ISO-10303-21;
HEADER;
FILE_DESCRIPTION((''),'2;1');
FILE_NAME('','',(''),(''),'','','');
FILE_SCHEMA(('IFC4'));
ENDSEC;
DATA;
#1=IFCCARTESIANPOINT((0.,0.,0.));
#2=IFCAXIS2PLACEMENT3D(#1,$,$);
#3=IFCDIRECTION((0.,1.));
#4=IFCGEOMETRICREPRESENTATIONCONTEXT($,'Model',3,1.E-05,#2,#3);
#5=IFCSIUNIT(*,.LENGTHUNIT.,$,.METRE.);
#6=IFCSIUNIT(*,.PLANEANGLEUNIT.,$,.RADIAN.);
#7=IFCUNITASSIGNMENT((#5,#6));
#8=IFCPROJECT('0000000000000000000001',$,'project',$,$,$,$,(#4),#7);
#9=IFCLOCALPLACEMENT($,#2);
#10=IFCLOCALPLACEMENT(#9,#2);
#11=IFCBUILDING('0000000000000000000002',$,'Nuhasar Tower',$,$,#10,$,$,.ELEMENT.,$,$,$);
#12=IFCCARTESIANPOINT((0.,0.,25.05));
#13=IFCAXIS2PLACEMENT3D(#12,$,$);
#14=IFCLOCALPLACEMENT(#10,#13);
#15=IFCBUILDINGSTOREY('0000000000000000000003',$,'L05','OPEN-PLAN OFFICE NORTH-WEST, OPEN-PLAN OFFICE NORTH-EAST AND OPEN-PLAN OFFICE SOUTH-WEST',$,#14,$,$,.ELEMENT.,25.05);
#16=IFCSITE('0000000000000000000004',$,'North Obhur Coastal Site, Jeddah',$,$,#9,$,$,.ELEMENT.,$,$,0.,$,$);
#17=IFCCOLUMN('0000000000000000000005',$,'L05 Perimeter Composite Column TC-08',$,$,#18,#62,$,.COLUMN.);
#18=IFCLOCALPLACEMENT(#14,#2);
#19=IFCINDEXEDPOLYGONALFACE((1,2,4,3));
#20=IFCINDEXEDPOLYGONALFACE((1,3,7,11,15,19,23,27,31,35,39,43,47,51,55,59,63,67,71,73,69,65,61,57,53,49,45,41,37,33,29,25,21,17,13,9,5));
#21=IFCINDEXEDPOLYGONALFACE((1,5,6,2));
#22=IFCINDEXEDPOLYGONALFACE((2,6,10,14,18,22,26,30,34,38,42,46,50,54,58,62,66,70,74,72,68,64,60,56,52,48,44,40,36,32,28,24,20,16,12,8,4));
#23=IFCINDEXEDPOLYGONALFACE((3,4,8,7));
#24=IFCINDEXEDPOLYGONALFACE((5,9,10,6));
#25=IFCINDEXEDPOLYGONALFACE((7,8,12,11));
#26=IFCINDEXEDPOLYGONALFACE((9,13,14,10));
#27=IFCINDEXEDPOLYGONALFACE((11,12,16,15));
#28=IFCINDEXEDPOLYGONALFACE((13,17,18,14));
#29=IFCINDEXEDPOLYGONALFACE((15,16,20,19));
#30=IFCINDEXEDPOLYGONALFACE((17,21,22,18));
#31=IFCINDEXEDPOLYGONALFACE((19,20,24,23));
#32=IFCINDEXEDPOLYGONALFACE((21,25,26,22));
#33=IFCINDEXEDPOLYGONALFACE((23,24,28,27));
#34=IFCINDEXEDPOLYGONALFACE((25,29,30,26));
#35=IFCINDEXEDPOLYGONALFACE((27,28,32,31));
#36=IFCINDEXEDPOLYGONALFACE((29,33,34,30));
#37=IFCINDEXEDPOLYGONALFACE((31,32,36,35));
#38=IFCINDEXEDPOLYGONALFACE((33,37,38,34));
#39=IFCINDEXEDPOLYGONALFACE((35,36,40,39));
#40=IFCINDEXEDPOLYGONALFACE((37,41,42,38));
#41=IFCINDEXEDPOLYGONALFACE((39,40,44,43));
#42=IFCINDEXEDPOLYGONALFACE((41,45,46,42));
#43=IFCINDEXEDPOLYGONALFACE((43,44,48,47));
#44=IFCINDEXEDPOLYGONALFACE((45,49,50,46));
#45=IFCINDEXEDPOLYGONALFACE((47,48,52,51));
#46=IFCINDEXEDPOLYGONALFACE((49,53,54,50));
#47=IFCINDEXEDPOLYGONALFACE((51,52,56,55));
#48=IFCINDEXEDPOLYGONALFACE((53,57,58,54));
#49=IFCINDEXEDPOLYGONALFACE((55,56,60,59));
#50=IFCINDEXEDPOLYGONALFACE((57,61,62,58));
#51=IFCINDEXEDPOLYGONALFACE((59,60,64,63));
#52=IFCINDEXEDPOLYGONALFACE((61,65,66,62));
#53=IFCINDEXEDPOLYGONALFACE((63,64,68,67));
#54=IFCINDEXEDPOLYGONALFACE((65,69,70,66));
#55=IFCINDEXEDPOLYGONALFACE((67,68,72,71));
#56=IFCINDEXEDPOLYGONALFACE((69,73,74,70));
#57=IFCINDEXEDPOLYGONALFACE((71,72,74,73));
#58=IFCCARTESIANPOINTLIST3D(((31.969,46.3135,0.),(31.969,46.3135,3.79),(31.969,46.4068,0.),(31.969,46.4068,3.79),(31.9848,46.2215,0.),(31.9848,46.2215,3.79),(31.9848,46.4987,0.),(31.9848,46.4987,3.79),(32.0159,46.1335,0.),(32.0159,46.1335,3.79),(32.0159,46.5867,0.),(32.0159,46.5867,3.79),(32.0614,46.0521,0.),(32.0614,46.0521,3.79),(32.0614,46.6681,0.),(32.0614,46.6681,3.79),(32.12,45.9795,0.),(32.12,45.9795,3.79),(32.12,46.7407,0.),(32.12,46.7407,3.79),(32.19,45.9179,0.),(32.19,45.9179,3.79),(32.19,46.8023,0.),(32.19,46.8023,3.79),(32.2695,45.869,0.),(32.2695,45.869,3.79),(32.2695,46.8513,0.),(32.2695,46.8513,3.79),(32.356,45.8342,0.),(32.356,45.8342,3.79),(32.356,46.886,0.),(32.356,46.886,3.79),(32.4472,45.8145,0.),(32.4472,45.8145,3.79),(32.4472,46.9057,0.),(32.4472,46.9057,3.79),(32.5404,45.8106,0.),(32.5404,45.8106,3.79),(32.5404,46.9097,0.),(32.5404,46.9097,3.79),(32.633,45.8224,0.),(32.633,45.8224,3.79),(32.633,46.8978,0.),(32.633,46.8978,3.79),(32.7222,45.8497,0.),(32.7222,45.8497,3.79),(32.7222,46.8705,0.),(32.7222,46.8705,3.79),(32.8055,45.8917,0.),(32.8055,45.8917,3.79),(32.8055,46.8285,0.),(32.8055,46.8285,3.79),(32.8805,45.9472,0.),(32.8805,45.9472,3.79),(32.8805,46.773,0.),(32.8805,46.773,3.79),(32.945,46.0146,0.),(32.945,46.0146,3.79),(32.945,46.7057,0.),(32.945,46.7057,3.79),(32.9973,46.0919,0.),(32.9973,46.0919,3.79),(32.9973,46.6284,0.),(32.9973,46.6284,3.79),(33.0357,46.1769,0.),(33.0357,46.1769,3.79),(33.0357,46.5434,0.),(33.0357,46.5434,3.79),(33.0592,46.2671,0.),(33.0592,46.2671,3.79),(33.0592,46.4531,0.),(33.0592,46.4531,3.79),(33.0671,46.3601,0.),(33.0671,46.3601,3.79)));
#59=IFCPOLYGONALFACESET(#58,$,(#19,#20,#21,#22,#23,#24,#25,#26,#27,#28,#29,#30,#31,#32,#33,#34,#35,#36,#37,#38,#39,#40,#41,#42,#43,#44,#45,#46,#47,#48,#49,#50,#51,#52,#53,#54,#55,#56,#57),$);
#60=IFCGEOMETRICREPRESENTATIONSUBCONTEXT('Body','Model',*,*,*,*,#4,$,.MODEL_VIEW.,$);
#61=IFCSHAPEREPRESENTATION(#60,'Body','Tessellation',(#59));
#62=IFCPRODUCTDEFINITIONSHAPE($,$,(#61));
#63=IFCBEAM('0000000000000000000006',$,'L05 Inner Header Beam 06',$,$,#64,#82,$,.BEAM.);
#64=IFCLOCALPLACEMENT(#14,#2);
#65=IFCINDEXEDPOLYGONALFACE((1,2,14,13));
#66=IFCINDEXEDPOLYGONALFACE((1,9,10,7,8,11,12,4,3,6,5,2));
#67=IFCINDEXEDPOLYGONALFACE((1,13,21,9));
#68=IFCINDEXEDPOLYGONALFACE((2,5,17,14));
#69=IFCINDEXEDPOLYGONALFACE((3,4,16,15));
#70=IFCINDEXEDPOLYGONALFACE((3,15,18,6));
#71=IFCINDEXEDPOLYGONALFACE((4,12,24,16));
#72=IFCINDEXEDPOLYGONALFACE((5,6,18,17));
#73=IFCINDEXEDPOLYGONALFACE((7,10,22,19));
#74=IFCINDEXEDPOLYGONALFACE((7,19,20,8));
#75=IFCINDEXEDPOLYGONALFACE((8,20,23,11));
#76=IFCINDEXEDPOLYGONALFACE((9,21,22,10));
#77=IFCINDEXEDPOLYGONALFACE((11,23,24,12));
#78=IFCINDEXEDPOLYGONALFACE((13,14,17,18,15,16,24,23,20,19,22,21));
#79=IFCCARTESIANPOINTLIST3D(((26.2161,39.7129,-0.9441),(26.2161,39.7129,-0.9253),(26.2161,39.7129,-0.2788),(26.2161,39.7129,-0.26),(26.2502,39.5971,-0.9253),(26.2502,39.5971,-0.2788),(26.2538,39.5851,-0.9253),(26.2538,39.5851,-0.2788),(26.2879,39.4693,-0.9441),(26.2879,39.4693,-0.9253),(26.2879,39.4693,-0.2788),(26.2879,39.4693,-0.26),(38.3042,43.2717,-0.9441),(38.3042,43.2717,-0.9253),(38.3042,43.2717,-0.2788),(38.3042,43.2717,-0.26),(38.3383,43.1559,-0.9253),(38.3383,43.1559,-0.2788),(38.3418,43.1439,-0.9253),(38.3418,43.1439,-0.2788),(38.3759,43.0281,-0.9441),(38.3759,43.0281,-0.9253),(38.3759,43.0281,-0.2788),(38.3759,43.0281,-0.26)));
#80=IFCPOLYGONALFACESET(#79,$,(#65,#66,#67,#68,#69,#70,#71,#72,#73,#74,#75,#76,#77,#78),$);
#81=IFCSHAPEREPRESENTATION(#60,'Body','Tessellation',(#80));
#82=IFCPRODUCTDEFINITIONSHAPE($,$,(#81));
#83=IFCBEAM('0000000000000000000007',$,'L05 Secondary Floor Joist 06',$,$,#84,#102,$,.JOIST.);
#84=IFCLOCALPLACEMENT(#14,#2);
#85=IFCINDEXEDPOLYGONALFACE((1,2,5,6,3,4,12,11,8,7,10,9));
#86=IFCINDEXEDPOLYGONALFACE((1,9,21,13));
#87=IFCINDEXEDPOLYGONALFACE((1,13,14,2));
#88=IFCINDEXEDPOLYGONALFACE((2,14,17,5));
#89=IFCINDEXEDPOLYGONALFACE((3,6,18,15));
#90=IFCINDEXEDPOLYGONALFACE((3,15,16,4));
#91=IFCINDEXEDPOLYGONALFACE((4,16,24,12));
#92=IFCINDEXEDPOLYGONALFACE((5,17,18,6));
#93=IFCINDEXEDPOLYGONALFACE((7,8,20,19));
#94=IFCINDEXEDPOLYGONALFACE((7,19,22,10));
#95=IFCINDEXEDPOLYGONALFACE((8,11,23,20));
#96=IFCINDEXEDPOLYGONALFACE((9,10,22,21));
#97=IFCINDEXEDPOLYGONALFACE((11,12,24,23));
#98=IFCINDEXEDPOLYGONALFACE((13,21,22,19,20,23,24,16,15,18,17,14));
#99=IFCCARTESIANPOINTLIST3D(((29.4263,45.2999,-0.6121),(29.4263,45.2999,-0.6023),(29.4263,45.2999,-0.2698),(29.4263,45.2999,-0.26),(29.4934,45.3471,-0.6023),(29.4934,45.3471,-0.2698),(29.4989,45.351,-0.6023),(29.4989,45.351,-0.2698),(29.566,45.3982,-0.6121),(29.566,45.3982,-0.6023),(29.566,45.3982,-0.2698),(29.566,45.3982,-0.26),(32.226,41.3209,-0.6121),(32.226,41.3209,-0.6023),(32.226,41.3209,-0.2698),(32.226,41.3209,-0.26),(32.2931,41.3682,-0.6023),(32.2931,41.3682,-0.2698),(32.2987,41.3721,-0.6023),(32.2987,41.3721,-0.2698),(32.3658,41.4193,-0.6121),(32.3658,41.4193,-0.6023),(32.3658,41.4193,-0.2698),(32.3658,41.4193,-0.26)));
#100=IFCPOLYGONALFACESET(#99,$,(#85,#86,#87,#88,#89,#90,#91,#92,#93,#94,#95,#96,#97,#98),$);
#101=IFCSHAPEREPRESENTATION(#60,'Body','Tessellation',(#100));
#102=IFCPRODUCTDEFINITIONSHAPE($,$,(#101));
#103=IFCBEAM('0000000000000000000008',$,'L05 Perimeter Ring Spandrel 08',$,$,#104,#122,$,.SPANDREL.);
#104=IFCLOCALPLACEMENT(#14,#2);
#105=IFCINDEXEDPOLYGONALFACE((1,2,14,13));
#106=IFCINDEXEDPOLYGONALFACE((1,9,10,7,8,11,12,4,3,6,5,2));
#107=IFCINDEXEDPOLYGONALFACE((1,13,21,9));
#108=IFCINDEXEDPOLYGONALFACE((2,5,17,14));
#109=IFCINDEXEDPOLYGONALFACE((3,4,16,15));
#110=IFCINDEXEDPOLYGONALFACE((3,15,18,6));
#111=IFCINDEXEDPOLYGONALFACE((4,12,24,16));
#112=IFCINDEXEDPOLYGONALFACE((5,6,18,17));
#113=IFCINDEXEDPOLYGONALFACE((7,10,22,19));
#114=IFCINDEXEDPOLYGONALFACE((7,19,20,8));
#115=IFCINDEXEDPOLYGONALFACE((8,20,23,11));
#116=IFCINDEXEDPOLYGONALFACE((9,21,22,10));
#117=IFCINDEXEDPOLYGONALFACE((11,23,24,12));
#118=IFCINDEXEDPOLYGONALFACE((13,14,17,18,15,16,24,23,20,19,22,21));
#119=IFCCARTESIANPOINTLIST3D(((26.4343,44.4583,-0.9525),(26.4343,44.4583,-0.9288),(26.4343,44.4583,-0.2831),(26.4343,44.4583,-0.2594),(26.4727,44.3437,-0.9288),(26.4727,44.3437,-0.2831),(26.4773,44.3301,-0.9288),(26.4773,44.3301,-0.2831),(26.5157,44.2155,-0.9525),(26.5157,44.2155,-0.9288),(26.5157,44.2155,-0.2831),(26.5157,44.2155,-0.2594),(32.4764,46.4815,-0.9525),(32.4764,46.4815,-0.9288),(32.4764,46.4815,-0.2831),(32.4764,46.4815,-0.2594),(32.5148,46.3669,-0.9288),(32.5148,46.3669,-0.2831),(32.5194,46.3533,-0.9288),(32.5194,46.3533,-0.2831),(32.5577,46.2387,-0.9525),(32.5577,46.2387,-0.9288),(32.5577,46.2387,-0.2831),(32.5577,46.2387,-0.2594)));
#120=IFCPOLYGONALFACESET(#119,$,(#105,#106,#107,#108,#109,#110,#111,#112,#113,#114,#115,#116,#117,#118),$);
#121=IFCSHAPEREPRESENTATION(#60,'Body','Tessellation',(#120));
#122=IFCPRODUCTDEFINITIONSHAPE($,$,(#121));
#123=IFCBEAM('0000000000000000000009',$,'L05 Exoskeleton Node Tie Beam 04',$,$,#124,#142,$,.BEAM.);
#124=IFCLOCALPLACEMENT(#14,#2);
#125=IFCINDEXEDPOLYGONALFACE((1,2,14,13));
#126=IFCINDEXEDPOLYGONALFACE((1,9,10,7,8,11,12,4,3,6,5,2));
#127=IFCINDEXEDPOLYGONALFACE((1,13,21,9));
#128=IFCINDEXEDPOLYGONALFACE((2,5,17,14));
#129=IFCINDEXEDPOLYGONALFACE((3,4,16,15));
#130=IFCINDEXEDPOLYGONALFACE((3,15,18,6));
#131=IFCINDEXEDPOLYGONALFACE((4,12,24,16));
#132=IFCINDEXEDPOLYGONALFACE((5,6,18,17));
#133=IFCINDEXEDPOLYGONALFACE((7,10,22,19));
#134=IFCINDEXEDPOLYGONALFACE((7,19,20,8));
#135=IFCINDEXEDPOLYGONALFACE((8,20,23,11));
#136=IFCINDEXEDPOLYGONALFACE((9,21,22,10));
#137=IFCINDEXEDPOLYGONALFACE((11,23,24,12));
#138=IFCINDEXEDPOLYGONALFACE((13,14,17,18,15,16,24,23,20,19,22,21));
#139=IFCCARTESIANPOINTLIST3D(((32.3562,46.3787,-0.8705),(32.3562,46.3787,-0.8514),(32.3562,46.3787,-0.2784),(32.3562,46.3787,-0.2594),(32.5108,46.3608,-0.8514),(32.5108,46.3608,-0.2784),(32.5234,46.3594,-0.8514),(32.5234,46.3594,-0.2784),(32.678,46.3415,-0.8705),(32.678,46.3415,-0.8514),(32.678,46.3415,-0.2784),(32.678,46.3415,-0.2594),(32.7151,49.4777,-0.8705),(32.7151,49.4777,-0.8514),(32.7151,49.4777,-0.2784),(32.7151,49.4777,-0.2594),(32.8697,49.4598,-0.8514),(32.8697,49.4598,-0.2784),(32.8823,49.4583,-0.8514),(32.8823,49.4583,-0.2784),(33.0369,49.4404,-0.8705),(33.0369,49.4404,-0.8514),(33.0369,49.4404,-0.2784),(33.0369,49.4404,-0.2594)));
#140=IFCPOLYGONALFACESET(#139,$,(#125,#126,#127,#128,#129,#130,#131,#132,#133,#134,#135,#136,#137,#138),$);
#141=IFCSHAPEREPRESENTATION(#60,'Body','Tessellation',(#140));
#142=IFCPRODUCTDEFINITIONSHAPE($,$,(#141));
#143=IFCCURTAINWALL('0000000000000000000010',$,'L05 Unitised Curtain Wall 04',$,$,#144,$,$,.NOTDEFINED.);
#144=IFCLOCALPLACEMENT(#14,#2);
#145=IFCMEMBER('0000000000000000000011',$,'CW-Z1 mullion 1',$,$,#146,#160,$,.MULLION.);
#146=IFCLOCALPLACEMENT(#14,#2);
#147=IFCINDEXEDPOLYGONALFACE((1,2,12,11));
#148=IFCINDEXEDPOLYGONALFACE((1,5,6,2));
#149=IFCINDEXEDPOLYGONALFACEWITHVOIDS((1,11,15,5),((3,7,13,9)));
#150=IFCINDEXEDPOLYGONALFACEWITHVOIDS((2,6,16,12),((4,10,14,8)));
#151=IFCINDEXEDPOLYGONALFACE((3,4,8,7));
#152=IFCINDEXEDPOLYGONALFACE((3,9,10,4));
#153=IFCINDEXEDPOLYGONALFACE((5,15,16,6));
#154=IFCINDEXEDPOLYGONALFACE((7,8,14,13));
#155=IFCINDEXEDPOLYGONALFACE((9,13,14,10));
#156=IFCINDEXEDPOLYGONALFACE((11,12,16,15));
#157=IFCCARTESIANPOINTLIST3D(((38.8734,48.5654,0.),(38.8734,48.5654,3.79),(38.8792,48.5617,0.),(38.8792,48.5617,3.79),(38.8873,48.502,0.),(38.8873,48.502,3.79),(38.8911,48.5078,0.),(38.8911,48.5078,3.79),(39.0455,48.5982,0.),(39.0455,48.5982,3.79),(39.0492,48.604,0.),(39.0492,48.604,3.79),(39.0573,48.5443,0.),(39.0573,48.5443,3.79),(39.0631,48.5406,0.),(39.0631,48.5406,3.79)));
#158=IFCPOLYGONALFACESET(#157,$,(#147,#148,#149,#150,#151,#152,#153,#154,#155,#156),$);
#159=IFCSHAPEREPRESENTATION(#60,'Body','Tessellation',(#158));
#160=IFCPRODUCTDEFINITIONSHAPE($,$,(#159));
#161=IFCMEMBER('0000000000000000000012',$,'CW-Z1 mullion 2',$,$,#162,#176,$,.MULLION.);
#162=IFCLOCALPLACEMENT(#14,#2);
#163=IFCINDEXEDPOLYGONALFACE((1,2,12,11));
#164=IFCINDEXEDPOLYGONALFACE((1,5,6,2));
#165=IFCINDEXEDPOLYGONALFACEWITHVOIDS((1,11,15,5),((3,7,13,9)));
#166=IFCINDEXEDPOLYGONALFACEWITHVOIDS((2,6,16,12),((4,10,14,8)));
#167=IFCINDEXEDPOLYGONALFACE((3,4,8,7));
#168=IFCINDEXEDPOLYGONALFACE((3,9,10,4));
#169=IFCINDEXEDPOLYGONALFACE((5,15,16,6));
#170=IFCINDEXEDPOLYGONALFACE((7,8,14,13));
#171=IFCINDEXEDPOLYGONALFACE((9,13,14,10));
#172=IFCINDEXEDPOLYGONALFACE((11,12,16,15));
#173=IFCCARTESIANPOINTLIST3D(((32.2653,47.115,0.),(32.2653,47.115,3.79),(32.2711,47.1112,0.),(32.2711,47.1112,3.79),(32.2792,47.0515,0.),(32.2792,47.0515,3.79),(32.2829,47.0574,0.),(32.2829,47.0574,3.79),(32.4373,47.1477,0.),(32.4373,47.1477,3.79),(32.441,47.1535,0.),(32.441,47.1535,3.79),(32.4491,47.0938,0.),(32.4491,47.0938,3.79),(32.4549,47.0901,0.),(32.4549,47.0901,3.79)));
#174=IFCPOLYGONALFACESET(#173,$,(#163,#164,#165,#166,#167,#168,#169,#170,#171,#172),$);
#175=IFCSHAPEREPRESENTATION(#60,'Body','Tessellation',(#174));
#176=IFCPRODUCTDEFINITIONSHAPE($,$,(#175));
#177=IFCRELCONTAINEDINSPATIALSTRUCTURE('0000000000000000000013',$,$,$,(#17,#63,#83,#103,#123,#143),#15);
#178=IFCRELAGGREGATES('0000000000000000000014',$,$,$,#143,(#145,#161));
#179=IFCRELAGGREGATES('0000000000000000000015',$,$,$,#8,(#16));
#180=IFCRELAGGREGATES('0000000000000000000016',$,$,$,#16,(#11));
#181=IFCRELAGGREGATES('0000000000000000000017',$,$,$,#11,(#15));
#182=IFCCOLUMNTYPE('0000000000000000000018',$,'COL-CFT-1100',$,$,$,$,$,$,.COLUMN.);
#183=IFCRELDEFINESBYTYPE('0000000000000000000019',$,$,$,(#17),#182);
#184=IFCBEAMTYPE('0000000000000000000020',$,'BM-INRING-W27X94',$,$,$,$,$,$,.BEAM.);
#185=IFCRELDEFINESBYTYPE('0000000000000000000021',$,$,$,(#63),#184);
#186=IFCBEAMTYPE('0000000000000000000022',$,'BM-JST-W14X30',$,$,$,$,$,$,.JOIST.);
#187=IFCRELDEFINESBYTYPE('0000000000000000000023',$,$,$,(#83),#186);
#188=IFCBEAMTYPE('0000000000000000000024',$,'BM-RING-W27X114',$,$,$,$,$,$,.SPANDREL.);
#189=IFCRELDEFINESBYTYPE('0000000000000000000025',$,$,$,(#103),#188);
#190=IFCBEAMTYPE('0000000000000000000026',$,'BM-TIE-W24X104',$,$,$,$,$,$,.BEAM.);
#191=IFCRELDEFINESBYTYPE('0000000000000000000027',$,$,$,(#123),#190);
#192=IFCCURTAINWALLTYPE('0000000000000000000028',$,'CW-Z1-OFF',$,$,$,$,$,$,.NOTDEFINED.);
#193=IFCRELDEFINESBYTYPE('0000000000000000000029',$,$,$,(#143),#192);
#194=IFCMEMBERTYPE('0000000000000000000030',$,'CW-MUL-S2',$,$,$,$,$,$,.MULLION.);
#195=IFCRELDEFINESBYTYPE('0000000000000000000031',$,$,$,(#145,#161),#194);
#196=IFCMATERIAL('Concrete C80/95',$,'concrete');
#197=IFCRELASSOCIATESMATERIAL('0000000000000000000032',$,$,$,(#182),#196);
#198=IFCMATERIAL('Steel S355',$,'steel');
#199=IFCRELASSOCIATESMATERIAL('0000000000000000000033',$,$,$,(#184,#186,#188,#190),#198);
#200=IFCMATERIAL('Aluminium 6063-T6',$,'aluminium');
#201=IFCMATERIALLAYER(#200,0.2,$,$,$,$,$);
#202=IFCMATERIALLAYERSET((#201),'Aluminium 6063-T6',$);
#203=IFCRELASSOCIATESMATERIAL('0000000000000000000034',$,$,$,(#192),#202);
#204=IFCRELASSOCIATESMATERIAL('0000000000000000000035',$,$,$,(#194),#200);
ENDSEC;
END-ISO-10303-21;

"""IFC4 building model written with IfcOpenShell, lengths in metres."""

from ifc_helpers import new_model, si_unit, direction, frame, origin, origin_2d, place, context, subcontext, project, spatial, hollow_rectangle, circle, i_section, extrude, material, layer, layer_set, material_profile, profile_set, type_object, element, aggregate, save


model = new_model("IFC4")

# Units and contexts
model_context = context("Model", 3, precision=1e-05, world=origin(), true_north=direction((0.0, 1.0)))
body_context = subcontext(model_context, "Body", "Model", "MODEL_VIEW")
ifc_project = project(units=[si_unit("LENGTHUNIT", "METRE"), si_unit("PLANEANGLEUNIT", "RADIAN")], contexts=[model_context])

# Site, building, storey
site_placement = place(None, origin())
site = spatial("IfcSite", under=ifc_project, at=site_placement, Name="North Obhur Coastal Site, Jeddah", CompositionType="ELEMENT", RefElevation=0.0)
building_placement = place(site_placement, origin())
building = spatial("IfcBuilding", under=site, at=building_placement, Name="Nuhasar Tower", CompositionType="ELEMENT")
storey_placement = place(building_placement, frame((0.0, 0.0, 25.05)))
storey = spatial("IfcBuildingStorey", under=building, at=storey_placement, Name="L05", Description="OPEN-PLAN OFFICE NORTH-WEST, OPEN-PLAN OFFICE NORTH-EAST AND OPEN-PLAN OFFICE SOUTH-WEST", CompositionType="ELEMENT", Elevation=25.05)

# Column
ifc_material_1 = material(Name="Concrete C80/95", Category="concrete")
ifc_material_profile_1 = material_profile(ifc_material_1, circle(Radius=0.55, at=origin_2d()), Name="CFT1100")
ifc_profile_set_1 = profile_set([ifc_material_profile_1], Name="Concrete C80/95")
column_type = type_object("IfcColumnType", Name="COL-CFT-1100", PredefinedType="COLUMN", material=ifc_profile_set_1)
column_placement = place(storey_placement, frame((32.5171, 46.3601, 0.0), z_axis=(0.0, 0.0, 1.0), x_axis=(1.0, 0.0, 0.0)))
element("IfcColumn", 1, at=column_placement, inside=storey, type_object=column_type, Name="L05 Perimeter Composite Column TC-08", PredefinedType="COLUMN", context=body_context, shape_type="SweptSolid", body=[
    extrude(circle(Radius=0.55, at=origin_2d()), origin(), (0.0, 0.0, 1.0), 3.79),
])

# Beams
ifc_material_2 = material(Name="Steel S355", Category="steel")
ifc_material_profile_2 = material_profile(ifc_material_2, i_section(OverallWidth=0.2539, OverallDepth=0.6841, WebThickness=0.0125, FlangeThickness=0.0188, at=origin_2d()), Name="W27X94")
ifc_profile_set_2 = profile_set([ifc_material_profile_2], Name="Steel S355")
beam_type_1 = type_object("IfcBeamType", Name="BM-INRING-W27X94", PredefinedType="BEAM", material=ifc_profile_set_2)
beam_1_placement = place(storey_placement, frame((38.3401, 43.1499, -0.6021), z_axis=(-0.95929, -0.282422, 0.0), x_axis=(0.282422, -0.95929, 0.0)))
element("IfcBeam", 2, at=beam_1_placement, inside=storey, type_object=beam_type_1, Name="L05 Inner Header Beam 06", PredefinedType="BEAM", context=body_context, shape_type="SweptSolid", body=[
    extrude(i_section(OverallWidth=0.2539, OverallDepth=0.6841, WebThickness=0.0125, FlangeThickness=0.0188, at=origin_2d()), origin(), (0.0, 0.0, 1.0), 12.6011),
])
ifc_material_profile_3 = material_profile(ifc_material_2, i_section(OverallWidth=0.1709, OverallDepth=0.3521, WebThickness=0.0068, FlangeThickness=0.0098, at=origin_2d()), Name="W14X30")
ifc_profile_set_3 = profile_set([ifc_material_profile_3], Name="Steel S355")
beam_type_2 = type_object("IfcBeamType", Name="BM-JST-W14X30", PredefinedType="JOIST", material=ifc_profile_set_3)
beam_2_placement = place(storey_placement, frame((32.2959, 41.3701, -0.436), z_axis=(-0.575461, 0.817829, 0.0), x_axis=(-0.817829, -0.575461, 0.0)))
element("IfcBeam", 3, at=beam_2_placement, inside=storey, type_object=beam_type_2, Name="L05 Secondary Floor Joist 06", PredefinedType="JOIST", context=body_context, shape_type="SweptSolid", body=[
    extrude(i_section(OverallWidth=0.1709, OverallDepth=0.3521, WebThickness=0.0068, FlangeThickness=0.0098, at=origin_2d()), origin(), (0.0, 0.0, 1.0), 4.8652),
])
ifc_material_profile_4 = material_profile(ifc_material_2, i_section(OverallWidth=0.2561, OverallDepth=0.6931, WebThickness=0.0144, FlangeThickness=0.0237, at=origin_2d()), Name="W27X114")
ifc_profile_set_4 = profile_set([ifc_material_profile_4], Name="Steel S355")
beam_type_3 = type_object("IfcBeamType", Name="BM-RING-W27X114", PredefinedType="SPANDREL", material=ifc_profile_set_4)
beam_3_placement = place(storey_placement, frame((32.5171, 46.3601, -0.606), z_axis=(-0.948249, -0.317526, 0.0), x_axis=(0.317526, -0.948249, 0.0)))
element("IfcBeam", 4, at=beam_3_placement, inside=storey, type_object=beam_type_3, Name="L05 Perimeter Ring Spandrel 08", PredefinedType="SPANDREL", context=body_context, shape_type="SweptSolid", body=[
    extrude(i_section(OverallWidth=0.2561, OverallDepth=0.6931, WebThickness=0.0144, FlangeThickness=0.0237, at=origin_2d()), origin(), (0.0, 0.0, 1.0), 6.3718),
])
ifc_material_profile_5 = material_profile(ifc_material_2, i_section(OverallWidth=0.324, OverallDepth=0.6111, WebThickness=0.0127, FlangeThickness=0.019, at=origin_2d()), Name="W24X104")
ifc_profile_set_5 = profile_set([ifc_material_profile_5], Name="Steel S355")
beam_type_4 = type_object("IfcBeamType", Name="BM-TIE-W24X104", PredefinedType="BEAM", material=ifc_profile_set_5)
beam_4_placement = place(storey_placement, frame((32.5171, 46.3601, -0.5649), z_axis=(0.115043, 0.993361, 0.0), x_axis=(-0.993361, 0.115043, 0.0)))
element("IfcBeam", 5, at=beam_4_placement, inside=storey, type_object=beam_type_4, Name="L05 Exoskeleton Node Tie Beam 04", PredefinedType="BEAM", context=body_context, shape_type="SweptSolid", body=[
    extrude(i_section(OverallWidth=0.324, OverallDepth=0.6111, WebThickness=0.0127, FlangeThickness=0.019, at=origin_2d()), origin(), (0.0, 0.0, 1.0), 3.1196),
])

# Curtain wall, members
ifc_material_3 = material(Name="Aluminium 6063-T6", Category="aluminium")
ifc_layer_1 = layer(ifc_material_3, 0.2)
ifc_layer_set_1 = layer_set([ifc_layer_1], Name="Aluminium 6063-T6")
curtain_wall_type = type_object("IfcCurtainWallType", Name="CW-Z1-OFF", PredefinedType="NOTDEFINED", material=ifc_layer_set_1)
curtain_wall_placement = place(storey_placement, origin())
curtain_wall = element("IfcCurtainWall", 6, at=curtain_wall_placement, inside=storey, type_object=curtain_wall_type, Name="L05 Unitised Curtain Wall 04", PredefinedType="NOTDEFINED")
ifc_material_profile_6 = material_profile(ifc_material_3, hollow_rectangle(XDim=0.0649, YDim=0.1799, WallThickness=0.0049, at=origin_2d()), Name="CWM-2")
ifc_profile_set_6 = profile_set([ifc_material_profile_6], Name="Aluminium 6063-T6")
member_type_1 = type_object("IfcMemberType", Name="CW-MUL-S2", PredefinedType="MULLION", material=ifc_profile_set_6)
member_1_placement = place(storey_placement, frame((38.9683, 48.553, 0.0), z_axis=(0.0, 0.0, 1.0), x_axis=(0.214399, -0.976746, 0.0)))
member_1 = element("IfcMember", 7, at=member_1_placement, type_object=member_type_1, Name="CW-Z1 mullion 1", PredefinedType="MULLION", context=body_context, shape_type="SweptSolid", body=[
    extrude(hollow_rectangle(XDim=0.0649, YDim=0.1799, WallThickness=0.0049, at=origin_2d()), origin(), (0.0, 0.0, 1.0), 3.79),
])
member_2_placement = place(storey_placement, frame((32.3601, 47.1025, 0.0), z_axis=(0.0, 0.0, 1.0), x_axis=(0.214399, -0.976746, 0.0)))
member_2 = element("IfcMember", 8, at=member_2_placement, type_object=member_type_1, Name="CW-Z1 mullion 2", PredefinedType="MULLION", context=body_context, shape_type="SweptSolid", body=[
    extrude(hollow_rectangle(XDim=0.0649, YDim=0.1799, WallThickness=0.0049, at=origin_2d()), origin(), (0.0, 0.0, 1.0), 3.79),
])

aggregate(curtain_wall, [member_1, member_2])

save(model, "model.ifc")
